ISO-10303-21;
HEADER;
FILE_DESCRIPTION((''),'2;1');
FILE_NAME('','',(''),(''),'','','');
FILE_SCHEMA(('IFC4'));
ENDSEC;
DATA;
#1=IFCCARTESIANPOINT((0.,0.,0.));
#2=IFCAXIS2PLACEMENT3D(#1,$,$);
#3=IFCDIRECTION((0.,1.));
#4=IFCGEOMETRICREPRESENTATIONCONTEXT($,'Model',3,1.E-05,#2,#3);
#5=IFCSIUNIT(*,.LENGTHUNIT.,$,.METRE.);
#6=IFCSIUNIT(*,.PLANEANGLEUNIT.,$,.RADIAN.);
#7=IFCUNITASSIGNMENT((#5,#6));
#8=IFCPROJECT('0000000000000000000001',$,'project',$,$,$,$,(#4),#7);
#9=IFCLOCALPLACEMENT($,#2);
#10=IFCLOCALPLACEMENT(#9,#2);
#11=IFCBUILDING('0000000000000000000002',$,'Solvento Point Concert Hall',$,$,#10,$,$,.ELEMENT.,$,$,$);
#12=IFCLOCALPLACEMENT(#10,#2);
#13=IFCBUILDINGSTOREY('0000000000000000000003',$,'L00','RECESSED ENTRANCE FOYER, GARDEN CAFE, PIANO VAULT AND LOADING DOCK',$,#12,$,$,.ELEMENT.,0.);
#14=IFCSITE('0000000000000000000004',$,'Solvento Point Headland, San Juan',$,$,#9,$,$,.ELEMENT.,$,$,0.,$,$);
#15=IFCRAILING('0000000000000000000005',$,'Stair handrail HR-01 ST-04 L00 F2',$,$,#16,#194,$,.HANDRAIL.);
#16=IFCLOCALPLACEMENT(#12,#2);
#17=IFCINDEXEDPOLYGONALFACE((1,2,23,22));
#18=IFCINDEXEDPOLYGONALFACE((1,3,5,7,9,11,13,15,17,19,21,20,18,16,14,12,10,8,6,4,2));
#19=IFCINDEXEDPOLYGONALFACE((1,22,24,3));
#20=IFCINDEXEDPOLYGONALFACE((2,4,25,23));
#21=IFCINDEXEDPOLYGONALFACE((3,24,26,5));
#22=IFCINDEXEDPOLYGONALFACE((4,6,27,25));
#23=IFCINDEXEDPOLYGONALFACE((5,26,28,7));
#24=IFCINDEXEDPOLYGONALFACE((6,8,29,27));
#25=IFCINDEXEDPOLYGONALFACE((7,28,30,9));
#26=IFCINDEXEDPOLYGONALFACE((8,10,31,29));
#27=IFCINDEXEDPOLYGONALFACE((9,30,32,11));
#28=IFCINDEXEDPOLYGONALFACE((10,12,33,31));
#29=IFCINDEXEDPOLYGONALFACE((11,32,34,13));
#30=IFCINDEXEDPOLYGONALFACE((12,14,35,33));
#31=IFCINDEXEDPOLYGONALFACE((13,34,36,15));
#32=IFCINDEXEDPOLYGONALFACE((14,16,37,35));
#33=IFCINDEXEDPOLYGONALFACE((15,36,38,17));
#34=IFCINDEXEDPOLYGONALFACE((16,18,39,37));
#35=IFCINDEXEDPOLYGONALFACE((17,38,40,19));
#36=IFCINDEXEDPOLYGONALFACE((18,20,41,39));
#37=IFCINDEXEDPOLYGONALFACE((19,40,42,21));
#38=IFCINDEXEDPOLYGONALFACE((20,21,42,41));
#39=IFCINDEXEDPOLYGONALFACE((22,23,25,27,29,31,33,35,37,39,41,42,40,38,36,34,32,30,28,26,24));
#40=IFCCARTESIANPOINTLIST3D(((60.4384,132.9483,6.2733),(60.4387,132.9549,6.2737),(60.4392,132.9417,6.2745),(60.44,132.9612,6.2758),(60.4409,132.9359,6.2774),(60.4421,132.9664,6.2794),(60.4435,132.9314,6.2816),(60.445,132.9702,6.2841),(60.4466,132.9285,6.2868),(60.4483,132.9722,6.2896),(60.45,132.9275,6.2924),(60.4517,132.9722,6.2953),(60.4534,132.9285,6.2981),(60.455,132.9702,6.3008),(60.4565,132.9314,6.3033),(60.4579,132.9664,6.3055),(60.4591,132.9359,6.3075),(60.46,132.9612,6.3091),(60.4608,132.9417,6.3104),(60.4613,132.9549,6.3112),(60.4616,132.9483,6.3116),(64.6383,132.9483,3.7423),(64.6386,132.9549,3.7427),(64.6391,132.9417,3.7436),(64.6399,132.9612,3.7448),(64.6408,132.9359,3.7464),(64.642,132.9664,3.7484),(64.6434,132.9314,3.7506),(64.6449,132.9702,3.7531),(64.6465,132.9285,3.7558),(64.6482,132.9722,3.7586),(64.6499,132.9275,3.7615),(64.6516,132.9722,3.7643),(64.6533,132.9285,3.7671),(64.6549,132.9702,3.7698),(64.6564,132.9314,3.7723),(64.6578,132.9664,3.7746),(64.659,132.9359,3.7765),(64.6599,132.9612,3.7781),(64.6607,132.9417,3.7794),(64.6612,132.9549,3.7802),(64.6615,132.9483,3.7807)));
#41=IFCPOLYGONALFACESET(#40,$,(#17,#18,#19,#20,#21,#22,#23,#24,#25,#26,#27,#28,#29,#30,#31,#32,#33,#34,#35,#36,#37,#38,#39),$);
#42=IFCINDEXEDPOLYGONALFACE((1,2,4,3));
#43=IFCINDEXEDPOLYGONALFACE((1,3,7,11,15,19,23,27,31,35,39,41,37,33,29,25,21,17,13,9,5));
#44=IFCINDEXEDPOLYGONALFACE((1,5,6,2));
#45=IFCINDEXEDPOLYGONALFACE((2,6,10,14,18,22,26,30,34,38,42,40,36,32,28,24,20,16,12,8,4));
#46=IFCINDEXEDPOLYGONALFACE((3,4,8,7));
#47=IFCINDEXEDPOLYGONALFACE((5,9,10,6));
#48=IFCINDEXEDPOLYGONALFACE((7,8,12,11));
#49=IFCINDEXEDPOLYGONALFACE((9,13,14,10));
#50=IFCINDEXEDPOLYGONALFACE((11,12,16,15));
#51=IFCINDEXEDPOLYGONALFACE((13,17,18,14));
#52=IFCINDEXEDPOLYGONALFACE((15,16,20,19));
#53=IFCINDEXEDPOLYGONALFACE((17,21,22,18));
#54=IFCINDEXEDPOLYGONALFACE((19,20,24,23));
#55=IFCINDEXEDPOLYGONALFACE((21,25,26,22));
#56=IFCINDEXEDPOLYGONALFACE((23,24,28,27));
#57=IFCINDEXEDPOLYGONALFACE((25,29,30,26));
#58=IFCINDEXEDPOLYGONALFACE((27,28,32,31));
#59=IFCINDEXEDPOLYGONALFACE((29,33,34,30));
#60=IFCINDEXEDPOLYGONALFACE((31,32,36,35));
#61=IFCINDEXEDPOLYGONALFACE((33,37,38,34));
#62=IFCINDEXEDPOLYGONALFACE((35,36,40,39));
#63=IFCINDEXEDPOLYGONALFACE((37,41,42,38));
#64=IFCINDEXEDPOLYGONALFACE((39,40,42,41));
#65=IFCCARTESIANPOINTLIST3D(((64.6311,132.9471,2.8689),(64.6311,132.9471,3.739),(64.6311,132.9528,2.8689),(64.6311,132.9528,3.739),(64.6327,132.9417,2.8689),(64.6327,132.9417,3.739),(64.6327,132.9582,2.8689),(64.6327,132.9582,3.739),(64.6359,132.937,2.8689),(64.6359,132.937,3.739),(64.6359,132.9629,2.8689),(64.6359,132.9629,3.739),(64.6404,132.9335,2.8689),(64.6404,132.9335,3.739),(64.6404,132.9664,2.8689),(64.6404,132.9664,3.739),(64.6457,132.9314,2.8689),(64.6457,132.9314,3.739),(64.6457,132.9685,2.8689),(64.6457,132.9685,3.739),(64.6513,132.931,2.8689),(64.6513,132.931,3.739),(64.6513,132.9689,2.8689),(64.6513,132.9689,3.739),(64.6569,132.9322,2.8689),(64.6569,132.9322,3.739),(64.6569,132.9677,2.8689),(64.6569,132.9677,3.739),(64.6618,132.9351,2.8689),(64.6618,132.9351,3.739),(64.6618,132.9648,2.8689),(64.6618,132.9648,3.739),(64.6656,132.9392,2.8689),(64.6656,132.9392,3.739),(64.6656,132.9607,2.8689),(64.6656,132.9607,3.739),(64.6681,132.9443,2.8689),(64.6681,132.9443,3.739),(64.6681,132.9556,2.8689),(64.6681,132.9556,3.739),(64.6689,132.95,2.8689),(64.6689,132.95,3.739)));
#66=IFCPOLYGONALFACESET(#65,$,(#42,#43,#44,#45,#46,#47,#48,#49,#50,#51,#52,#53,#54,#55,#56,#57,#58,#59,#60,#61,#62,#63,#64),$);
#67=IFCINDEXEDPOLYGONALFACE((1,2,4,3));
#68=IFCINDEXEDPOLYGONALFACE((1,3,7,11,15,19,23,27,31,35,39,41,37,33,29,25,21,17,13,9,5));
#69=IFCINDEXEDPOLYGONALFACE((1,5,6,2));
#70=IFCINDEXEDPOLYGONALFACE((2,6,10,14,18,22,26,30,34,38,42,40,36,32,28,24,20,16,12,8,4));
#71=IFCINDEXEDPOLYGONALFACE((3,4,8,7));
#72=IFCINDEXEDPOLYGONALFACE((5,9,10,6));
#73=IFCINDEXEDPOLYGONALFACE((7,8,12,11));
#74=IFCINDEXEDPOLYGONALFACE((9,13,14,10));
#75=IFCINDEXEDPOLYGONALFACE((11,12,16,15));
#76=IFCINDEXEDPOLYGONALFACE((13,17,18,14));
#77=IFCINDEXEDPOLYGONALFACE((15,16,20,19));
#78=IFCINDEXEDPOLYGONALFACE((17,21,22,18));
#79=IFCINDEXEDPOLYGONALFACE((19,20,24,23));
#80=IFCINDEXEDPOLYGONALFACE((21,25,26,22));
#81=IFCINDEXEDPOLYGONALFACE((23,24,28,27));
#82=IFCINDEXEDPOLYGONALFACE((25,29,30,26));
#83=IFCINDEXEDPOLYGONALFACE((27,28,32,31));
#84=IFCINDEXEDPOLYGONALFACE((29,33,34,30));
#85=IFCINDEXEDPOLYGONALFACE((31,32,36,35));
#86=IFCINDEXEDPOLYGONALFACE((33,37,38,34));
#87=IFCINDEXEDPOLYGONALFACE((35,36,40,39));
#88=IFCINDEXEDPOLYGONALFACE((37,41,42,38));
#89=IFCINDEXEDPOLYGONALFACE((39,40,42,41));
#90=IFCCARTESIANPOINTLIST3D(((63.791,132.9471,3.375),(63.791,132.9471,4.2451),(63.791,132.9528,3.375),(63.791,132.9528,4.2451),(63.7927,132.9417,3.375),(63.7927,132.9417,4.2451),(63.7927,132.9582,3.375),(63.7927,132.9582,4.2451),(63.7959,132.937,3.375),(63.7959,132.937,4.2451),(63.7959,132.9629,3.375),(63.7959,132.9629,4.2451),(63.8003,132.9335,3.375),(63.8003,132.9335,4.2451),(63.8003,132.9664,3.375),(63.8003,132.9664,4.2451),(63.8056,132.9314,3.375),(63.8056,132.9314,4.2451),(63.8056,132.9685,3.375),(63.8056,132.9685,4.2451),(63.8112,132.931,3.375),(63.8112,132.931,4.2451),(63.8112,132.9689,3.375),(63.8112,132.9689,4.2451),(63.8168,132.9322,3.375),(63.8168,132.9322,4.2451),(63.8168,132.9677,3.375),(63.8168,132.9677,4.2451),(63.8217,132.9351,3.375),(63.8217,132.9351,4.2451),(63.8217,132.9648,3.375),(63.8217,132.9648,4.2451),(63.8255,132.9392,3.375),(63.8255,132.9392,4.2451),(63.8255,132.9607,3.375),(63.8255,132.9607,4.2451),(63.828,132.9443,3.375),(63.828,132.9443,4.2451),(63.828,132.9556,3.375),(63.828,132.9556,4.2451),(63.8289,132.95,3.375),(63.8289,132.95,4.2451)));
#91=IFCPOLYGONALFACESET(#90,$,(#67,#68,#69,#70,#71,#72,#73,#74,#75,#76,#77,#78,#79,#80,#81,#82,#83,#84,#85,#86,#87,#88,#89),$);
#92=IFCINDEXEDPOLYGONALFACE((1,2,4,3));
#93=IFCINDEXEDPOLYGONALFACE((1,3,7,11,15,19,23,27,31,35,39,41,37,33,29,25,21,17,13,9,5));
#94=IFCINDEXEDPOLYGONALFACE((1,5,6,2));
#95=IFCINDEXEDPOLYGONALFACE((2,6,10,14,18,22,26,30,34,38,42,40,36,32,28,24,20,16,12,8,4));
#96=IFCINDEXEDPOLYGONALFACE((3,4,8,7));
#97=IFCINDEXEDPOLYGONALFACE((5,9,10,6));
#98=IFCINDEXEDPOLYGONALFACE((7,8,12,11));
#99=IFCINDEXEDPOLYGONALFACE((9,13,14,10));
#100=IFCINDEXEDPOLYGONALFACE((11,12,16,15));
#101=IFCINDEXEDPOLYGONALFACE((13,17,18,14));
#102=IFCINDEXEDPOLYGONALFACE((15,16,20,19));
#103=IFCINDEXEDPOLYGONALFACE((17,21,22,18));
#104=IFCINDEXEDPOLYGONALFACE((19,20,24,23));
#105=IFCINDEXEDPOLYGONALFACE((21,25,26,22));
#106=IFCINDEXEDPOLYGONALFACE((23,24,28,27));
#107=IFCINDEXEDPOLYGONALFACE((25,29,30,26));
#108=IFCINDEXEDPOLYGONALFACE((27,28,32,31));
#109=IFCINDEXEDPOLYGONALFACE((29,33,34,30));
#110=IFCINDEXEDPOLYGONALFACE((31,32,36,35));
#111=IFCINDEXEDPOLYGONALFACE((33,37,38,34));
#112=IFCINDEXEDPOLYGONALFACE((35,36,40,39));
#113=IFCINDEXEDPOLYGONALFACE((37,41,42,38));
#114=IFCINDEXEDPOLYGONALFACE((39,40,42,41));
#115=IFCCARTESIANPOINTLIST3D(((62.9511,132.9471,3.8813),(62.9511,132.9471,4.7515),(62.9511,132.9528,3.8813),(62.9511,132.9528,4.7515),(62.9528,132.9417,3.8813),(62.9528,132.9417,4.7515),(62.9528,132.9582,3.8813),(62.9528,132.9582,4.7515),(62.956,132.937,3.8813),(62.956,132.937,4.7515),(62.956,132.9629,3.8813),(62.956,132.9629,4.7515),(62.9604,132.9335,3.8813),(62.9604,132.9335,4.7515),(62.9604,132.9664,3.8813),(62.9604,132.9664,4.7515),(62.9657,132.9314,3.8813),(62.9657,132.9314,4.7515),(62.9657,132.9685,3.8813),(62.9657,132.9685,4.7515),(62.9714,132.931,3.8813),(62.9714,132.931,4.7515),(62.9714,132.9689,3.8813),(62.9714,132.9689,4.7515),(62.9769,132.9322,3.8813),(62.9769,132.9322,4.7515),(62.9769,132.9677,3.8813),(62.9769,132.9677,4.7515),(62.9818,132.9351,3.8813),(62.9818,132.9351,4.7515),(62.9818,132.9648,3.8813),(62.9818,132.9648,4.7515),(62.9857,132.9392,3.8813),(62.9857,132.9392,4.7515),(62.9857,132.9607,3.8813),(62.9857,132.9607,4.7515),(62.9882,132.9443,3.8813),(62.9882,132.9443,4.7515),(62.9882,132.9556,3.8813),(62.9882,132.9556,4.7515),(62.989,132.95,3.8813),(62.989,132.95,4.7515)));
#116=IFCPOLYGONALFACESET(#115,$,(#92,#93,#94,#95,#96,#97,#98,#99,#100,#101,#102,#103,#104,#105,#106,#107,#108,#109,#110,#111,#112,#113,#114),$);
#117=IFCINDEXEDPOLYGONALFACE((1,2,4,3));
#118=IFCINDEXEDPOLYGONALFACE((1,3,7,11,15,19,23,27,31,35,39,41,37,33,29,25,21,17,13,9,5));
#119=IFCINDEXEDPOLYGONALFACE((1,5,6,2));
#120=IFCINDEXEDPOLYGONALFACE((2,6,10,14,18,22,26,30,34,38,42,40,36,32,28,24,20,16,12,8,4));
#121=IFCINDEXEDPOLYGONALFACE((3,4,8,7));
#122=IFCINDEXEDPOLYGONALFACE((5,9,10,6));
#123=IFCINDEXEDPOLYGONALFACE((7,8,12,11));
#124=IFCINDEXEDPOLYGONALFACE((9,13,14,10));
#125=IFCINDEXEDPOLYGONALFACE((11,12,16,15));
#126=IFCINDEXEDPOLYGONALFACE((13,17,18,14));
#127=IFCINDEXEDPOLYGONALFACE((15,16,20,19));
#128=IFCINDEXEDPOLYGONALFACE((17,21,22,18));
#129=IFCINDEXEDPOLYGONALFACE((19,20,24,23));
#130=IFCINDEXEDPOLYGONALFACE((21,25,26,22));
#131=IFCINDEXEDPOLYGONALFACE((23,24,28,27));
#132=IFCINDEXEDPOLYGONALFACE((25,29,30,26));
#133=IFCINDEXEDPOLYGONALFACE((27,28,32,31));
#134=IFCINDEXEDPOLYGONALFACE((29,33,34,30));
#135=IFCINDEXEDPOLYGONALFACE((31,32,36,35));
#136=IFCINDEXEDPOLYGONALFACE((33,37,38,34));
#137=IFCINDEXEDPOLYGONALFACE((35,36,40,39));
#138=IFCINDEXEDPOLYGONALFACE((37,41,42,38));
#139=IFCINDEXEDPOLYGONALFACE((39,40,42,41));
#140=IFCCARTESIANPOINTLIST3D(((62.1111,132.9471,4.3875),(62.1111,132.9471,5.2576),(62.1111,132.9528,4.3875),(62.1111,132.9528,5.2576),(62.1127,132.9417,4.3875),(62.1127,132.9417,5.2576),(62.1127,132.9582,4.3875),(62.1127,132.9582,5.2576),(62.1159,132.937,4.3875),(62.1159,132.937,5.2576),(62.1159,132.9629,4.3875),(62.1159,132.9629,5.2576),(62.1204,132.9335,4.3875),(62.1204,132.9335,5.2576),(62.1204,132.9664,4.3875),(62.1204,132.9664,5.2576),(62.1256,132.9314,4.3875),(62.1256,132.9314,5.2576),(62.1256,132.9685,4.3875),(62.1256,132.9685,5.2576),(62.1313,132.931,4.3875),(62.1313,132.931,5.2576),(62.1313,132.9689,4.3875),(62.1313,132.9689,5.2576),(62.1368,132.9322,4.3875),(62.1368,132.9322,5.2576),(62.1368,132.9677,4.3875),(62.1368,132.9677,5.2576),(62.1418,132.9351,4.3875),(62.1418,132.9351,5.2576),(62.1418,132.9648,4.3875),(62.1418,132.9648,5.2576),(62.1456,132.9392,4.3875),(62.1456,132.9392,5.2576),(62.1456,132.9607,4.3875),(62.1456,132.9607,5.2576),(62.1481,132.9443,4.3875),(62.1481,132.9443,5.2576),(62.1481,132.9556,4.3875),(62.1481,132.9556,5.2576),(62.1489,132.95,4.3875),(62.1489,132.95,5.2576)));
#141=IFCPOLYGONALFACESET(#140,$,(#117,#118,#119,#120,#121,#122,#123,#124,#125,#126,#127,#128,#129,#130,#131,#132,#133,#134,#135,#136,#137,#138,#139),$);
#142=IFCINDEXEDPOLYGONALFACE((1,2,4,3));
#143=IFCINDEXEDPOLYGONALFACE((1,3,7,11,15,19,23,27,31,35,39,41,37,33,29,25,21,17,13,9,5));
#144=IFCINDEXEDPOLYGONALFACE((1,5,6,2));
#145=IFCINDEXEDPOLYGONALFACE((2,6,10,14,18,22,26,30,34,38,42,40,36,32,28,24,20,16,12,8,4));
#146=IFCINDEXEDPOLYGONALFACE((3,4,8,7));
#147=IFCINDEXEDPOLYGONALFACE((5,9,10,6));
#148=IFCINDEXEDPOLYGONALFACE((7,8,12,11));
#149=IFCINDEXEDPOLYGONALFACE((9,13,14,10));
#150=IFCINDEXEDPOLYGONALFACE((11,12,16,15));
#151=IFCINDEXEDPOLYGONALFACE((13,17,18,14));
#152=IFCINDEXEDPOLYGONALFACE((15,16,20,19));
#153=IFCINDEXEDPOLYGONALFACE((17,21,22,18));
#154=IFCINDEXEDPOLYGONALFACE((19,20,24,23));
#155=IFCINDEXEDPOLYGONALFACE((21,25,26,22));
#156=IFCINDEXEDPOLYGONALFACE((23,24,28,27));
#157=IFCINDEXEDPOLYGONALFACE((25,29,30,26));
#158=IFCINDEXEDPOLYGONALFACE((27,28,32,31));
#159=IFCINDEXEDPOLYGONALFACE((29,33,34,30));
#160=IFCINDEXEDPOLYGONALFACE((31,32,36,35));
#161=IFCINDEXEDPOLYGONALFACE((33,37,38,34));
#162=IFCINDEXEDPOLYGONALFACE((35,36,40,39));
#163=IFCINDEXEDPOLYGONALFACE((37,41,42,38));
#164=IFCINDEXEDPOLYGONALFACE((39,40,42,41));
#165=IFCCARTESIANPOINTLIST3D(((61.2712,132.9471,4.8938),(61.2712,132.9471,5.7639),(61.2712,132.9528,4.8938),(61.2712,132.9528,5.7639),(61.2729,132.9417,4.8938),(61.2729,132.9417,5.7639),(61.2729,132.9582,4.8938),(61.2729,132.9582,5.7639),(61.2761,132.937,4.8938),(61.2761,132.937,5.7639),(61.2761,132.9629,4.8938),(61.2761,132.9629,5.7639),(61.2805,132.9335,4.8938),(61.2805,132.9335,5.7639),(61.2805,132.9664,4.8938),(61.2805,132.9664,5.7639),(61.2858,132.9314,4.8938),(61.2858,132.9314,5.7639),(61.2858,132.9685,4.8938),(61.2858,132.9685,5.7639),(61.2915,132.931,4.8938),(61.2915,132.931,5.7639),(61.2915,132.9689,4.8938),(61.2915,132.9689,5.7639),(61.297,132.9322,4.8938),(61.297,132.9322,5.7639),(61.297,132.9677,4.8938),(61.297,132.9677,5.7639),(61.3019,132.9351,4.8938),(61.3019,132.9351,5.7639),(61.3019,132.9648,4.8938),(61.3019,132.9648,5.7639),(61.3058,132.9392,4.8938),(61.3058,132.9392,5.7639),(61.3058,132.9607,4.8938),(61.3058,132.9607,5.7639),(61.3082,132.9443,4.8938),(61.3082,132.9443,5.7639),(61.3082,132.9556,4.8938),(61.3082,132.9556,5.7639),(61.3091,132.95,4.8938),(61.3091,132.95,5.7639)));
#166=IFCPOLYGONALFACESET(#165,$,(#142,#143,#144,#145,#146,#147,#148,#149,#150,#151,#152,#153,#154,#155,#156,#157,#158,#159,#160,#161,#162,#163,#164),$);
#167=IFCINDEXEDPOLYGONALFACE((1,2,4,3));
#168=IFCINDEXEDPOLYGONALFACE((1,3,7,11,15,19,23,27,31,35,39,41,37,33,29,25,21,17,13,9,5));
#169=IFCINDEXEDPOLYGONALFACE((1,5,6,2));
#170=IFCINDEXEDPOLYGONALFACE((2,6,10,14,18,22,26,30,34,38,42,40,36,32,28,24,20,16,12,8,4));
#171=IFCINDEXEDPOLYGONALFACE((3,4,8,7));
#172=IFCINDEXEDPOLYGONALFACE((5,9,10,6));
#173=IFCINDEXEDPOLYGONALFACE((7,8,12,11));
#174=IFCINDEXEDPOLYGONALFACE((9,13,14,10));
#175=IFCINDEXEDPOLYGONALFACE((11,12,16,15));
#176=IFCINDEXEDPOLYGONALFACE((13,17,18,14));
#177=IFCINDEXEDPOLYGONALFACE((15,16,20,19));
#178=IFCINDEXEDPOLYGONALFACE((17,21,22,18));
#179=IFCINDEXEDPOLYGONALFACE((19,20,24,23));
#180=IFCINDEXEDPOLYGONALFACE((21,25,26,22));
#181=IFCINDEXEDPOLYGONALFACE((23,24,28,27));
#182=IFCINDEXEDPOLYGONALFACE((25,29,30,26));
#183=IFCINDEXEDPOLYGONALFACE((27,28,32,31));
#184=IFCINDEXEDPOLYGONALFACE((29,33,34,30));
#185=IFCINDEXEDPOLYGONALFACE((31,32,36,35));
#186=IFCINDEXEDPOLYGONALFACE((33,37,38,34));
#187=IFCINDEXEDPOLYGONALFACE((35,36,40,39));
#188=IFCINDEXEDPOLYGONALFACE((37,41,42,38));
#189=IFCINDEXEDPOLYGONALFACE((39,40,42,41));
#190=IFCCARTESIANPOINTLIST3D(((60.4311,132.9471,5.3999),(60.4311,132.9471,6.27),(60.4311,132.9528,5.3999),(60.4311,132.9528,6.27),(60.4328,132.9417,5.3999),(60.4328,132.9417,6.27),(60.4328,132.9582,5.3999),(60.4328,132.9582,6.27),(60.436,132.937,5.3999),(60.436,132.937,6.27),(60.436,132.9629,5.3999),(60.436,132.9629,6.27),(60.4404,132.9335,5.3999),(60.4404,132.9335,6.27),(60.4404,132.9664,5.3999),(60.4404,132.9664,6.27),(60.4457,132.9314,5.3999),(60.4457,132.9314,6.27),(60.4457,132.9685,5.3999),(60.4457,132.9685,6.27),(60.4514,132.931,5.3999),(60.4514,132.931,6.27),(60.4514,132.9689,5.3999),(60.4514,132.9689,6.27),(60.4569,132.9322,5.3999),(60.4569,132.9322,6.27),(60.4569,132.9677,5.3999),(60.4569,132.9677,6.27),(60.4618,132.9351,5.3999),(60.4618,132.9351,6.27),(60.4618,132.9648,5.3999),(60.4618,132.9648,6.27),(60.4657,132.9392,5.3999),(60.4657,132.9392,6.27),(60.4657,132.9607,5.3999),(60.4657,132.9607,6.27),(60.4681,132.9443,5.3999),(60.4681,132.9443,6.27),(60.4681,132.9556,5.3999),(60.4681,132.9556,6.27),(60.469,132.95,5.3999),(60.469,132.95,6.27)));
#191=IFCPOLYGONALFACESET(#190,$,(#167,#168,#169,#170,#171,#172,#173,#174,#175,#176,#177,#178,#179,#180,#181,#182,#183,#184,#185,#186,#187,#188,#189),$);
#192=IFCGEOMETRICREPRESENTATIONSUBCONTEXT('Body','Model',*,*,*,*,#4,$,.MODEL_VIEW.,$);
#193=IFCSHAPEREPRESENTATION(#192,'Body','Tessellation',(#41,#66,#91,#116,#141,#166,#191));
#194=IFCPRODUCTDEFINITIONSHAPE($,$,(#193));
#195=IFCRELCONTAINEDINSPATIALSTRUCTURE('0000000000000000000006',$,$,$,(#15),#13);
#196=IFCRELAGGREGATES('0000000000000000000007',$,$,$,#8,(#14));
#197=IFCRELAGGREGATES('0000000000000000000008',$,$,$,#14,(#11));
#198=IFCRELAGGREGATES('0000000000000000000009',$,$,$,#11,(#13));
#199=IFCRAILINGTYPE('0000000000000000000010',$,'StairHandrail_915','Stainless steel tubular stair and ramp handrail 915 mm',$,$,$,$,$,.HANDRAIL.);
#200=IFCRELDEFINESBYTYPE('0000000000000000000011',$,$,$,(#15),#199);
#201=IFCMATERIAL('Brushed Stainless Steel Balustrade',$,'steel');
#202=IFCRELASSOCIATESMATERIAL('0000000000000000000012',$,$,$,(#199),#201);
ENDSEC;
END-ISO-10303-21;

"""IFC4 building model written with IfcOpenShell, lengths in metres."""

from ifc_helpers import new_model, si_unit, direction, frame, origin, origin_2d, place, context, subcontext, project, spatial, circle, extrude, material, type_object, element, save


model = new_model("IFC4")

# Units and contexts
model_context = context("Model", 3, precision=1e-05, world=origin(), true_north=direction((0.0, 1.0)))
body_context = subcontext(model_context, "Body", "Model", "MODEL_VIEW")
ifc_project = project(units=[si_unit("LENGTHUNIT", "METRE"), si_unit("PLANEANGLEUNIT", "RADIAN")], contexts=[model_context])

# Site, building, storey
site_placement = place(None, origin())
site = spatial("IfcSite", under=ifc_project, at=site_placement, Name="Solvento Point Headland, San Juan", CompositionType="ELEMENT", RefElevation=0.0)
building_placement = place(site_placement, origin())
building = spatial("IfcBuilding", under=site, at=building_placement, Name="Solvento Point Concert Hall", CompositionType="ELEMENT")
storey_placement = place(building_placement, origin())
storey = spatial("IfcBuildingStorey", under=building, at=storey_placement, Name="L00", Description="RECESSED ENTRANCE FOYER, GARDEN CAFE, PIANO VAULT AND LOADING DOCK", CompositionType="ELEMENT", Elevation=0.0)

# Railing
ifc_material_1 = material(Name="Brushed Stainless Steel Balustrade", Category="steel")
railing_type_1 = type_object("IfcRailingType", Name="StairHandrail_915", Description="Stainless steel tubular stair and ramp handrail 915 mm", PredefinedType="HANDRAIL", material=ifc_material_1)
railing_1_placement = place(storey_placement, frame((64.6499, 132.95, 2.8689)))
element("IfcRailing", 1, at=railing_1_placement, inside=storey, type_object=railing_type_1, Name="Stair handrail HR-01 ST-04 L00 F2", PredefinedType="HANDRAIL", context=body_context, shape_type="SweptSolid", body=[
    extrude(circle(Radius=0.0225, at=origin_2d()), frame((0.0, 0.0, 0.8926), z_axis=(-0.856499, 0.0, 0.51615), x_axis=(0.0, -1.0, 0.0)), (0.0, 0.0, 1.0), 4.9036),
    extrude(circle(Radius=0.019, at=origin_2d()), origin(), (0.0, 0.0, 1.0), 0.8701),
    extrude(circle(Radius=0.019, at=origin_2d()), frame((-0.8401, 0.0, 0.5061)), (0.0, 0.0, 1.0), 0.8701),
    extrude(circle(Radius=0.019, at=origin_2d()), frame((-1.6799, 0.0, 1.0125)), (0.0, 0.0, 1.0), 0.8701),
    extrude(circle(Radius=0.019, at=origin_2d()), frame((-2.52, 0.0, 1.5186)), (0.0, 0.0, 1.0), 0.8701),
    extrude(circle(Radius=0.019, at=origin_2d()), frame((-3.3599, 0.0, 2.0249)), (0.0, 0.0, 1.0), 0.8701),
    extrude(circle(Radius=0.019, at=origin_2d()), frame((-4.2, 0.0, 2.531)), (0.0, 0.0, 1.0), 0.8701),
])

save(model, "model.ifc")
